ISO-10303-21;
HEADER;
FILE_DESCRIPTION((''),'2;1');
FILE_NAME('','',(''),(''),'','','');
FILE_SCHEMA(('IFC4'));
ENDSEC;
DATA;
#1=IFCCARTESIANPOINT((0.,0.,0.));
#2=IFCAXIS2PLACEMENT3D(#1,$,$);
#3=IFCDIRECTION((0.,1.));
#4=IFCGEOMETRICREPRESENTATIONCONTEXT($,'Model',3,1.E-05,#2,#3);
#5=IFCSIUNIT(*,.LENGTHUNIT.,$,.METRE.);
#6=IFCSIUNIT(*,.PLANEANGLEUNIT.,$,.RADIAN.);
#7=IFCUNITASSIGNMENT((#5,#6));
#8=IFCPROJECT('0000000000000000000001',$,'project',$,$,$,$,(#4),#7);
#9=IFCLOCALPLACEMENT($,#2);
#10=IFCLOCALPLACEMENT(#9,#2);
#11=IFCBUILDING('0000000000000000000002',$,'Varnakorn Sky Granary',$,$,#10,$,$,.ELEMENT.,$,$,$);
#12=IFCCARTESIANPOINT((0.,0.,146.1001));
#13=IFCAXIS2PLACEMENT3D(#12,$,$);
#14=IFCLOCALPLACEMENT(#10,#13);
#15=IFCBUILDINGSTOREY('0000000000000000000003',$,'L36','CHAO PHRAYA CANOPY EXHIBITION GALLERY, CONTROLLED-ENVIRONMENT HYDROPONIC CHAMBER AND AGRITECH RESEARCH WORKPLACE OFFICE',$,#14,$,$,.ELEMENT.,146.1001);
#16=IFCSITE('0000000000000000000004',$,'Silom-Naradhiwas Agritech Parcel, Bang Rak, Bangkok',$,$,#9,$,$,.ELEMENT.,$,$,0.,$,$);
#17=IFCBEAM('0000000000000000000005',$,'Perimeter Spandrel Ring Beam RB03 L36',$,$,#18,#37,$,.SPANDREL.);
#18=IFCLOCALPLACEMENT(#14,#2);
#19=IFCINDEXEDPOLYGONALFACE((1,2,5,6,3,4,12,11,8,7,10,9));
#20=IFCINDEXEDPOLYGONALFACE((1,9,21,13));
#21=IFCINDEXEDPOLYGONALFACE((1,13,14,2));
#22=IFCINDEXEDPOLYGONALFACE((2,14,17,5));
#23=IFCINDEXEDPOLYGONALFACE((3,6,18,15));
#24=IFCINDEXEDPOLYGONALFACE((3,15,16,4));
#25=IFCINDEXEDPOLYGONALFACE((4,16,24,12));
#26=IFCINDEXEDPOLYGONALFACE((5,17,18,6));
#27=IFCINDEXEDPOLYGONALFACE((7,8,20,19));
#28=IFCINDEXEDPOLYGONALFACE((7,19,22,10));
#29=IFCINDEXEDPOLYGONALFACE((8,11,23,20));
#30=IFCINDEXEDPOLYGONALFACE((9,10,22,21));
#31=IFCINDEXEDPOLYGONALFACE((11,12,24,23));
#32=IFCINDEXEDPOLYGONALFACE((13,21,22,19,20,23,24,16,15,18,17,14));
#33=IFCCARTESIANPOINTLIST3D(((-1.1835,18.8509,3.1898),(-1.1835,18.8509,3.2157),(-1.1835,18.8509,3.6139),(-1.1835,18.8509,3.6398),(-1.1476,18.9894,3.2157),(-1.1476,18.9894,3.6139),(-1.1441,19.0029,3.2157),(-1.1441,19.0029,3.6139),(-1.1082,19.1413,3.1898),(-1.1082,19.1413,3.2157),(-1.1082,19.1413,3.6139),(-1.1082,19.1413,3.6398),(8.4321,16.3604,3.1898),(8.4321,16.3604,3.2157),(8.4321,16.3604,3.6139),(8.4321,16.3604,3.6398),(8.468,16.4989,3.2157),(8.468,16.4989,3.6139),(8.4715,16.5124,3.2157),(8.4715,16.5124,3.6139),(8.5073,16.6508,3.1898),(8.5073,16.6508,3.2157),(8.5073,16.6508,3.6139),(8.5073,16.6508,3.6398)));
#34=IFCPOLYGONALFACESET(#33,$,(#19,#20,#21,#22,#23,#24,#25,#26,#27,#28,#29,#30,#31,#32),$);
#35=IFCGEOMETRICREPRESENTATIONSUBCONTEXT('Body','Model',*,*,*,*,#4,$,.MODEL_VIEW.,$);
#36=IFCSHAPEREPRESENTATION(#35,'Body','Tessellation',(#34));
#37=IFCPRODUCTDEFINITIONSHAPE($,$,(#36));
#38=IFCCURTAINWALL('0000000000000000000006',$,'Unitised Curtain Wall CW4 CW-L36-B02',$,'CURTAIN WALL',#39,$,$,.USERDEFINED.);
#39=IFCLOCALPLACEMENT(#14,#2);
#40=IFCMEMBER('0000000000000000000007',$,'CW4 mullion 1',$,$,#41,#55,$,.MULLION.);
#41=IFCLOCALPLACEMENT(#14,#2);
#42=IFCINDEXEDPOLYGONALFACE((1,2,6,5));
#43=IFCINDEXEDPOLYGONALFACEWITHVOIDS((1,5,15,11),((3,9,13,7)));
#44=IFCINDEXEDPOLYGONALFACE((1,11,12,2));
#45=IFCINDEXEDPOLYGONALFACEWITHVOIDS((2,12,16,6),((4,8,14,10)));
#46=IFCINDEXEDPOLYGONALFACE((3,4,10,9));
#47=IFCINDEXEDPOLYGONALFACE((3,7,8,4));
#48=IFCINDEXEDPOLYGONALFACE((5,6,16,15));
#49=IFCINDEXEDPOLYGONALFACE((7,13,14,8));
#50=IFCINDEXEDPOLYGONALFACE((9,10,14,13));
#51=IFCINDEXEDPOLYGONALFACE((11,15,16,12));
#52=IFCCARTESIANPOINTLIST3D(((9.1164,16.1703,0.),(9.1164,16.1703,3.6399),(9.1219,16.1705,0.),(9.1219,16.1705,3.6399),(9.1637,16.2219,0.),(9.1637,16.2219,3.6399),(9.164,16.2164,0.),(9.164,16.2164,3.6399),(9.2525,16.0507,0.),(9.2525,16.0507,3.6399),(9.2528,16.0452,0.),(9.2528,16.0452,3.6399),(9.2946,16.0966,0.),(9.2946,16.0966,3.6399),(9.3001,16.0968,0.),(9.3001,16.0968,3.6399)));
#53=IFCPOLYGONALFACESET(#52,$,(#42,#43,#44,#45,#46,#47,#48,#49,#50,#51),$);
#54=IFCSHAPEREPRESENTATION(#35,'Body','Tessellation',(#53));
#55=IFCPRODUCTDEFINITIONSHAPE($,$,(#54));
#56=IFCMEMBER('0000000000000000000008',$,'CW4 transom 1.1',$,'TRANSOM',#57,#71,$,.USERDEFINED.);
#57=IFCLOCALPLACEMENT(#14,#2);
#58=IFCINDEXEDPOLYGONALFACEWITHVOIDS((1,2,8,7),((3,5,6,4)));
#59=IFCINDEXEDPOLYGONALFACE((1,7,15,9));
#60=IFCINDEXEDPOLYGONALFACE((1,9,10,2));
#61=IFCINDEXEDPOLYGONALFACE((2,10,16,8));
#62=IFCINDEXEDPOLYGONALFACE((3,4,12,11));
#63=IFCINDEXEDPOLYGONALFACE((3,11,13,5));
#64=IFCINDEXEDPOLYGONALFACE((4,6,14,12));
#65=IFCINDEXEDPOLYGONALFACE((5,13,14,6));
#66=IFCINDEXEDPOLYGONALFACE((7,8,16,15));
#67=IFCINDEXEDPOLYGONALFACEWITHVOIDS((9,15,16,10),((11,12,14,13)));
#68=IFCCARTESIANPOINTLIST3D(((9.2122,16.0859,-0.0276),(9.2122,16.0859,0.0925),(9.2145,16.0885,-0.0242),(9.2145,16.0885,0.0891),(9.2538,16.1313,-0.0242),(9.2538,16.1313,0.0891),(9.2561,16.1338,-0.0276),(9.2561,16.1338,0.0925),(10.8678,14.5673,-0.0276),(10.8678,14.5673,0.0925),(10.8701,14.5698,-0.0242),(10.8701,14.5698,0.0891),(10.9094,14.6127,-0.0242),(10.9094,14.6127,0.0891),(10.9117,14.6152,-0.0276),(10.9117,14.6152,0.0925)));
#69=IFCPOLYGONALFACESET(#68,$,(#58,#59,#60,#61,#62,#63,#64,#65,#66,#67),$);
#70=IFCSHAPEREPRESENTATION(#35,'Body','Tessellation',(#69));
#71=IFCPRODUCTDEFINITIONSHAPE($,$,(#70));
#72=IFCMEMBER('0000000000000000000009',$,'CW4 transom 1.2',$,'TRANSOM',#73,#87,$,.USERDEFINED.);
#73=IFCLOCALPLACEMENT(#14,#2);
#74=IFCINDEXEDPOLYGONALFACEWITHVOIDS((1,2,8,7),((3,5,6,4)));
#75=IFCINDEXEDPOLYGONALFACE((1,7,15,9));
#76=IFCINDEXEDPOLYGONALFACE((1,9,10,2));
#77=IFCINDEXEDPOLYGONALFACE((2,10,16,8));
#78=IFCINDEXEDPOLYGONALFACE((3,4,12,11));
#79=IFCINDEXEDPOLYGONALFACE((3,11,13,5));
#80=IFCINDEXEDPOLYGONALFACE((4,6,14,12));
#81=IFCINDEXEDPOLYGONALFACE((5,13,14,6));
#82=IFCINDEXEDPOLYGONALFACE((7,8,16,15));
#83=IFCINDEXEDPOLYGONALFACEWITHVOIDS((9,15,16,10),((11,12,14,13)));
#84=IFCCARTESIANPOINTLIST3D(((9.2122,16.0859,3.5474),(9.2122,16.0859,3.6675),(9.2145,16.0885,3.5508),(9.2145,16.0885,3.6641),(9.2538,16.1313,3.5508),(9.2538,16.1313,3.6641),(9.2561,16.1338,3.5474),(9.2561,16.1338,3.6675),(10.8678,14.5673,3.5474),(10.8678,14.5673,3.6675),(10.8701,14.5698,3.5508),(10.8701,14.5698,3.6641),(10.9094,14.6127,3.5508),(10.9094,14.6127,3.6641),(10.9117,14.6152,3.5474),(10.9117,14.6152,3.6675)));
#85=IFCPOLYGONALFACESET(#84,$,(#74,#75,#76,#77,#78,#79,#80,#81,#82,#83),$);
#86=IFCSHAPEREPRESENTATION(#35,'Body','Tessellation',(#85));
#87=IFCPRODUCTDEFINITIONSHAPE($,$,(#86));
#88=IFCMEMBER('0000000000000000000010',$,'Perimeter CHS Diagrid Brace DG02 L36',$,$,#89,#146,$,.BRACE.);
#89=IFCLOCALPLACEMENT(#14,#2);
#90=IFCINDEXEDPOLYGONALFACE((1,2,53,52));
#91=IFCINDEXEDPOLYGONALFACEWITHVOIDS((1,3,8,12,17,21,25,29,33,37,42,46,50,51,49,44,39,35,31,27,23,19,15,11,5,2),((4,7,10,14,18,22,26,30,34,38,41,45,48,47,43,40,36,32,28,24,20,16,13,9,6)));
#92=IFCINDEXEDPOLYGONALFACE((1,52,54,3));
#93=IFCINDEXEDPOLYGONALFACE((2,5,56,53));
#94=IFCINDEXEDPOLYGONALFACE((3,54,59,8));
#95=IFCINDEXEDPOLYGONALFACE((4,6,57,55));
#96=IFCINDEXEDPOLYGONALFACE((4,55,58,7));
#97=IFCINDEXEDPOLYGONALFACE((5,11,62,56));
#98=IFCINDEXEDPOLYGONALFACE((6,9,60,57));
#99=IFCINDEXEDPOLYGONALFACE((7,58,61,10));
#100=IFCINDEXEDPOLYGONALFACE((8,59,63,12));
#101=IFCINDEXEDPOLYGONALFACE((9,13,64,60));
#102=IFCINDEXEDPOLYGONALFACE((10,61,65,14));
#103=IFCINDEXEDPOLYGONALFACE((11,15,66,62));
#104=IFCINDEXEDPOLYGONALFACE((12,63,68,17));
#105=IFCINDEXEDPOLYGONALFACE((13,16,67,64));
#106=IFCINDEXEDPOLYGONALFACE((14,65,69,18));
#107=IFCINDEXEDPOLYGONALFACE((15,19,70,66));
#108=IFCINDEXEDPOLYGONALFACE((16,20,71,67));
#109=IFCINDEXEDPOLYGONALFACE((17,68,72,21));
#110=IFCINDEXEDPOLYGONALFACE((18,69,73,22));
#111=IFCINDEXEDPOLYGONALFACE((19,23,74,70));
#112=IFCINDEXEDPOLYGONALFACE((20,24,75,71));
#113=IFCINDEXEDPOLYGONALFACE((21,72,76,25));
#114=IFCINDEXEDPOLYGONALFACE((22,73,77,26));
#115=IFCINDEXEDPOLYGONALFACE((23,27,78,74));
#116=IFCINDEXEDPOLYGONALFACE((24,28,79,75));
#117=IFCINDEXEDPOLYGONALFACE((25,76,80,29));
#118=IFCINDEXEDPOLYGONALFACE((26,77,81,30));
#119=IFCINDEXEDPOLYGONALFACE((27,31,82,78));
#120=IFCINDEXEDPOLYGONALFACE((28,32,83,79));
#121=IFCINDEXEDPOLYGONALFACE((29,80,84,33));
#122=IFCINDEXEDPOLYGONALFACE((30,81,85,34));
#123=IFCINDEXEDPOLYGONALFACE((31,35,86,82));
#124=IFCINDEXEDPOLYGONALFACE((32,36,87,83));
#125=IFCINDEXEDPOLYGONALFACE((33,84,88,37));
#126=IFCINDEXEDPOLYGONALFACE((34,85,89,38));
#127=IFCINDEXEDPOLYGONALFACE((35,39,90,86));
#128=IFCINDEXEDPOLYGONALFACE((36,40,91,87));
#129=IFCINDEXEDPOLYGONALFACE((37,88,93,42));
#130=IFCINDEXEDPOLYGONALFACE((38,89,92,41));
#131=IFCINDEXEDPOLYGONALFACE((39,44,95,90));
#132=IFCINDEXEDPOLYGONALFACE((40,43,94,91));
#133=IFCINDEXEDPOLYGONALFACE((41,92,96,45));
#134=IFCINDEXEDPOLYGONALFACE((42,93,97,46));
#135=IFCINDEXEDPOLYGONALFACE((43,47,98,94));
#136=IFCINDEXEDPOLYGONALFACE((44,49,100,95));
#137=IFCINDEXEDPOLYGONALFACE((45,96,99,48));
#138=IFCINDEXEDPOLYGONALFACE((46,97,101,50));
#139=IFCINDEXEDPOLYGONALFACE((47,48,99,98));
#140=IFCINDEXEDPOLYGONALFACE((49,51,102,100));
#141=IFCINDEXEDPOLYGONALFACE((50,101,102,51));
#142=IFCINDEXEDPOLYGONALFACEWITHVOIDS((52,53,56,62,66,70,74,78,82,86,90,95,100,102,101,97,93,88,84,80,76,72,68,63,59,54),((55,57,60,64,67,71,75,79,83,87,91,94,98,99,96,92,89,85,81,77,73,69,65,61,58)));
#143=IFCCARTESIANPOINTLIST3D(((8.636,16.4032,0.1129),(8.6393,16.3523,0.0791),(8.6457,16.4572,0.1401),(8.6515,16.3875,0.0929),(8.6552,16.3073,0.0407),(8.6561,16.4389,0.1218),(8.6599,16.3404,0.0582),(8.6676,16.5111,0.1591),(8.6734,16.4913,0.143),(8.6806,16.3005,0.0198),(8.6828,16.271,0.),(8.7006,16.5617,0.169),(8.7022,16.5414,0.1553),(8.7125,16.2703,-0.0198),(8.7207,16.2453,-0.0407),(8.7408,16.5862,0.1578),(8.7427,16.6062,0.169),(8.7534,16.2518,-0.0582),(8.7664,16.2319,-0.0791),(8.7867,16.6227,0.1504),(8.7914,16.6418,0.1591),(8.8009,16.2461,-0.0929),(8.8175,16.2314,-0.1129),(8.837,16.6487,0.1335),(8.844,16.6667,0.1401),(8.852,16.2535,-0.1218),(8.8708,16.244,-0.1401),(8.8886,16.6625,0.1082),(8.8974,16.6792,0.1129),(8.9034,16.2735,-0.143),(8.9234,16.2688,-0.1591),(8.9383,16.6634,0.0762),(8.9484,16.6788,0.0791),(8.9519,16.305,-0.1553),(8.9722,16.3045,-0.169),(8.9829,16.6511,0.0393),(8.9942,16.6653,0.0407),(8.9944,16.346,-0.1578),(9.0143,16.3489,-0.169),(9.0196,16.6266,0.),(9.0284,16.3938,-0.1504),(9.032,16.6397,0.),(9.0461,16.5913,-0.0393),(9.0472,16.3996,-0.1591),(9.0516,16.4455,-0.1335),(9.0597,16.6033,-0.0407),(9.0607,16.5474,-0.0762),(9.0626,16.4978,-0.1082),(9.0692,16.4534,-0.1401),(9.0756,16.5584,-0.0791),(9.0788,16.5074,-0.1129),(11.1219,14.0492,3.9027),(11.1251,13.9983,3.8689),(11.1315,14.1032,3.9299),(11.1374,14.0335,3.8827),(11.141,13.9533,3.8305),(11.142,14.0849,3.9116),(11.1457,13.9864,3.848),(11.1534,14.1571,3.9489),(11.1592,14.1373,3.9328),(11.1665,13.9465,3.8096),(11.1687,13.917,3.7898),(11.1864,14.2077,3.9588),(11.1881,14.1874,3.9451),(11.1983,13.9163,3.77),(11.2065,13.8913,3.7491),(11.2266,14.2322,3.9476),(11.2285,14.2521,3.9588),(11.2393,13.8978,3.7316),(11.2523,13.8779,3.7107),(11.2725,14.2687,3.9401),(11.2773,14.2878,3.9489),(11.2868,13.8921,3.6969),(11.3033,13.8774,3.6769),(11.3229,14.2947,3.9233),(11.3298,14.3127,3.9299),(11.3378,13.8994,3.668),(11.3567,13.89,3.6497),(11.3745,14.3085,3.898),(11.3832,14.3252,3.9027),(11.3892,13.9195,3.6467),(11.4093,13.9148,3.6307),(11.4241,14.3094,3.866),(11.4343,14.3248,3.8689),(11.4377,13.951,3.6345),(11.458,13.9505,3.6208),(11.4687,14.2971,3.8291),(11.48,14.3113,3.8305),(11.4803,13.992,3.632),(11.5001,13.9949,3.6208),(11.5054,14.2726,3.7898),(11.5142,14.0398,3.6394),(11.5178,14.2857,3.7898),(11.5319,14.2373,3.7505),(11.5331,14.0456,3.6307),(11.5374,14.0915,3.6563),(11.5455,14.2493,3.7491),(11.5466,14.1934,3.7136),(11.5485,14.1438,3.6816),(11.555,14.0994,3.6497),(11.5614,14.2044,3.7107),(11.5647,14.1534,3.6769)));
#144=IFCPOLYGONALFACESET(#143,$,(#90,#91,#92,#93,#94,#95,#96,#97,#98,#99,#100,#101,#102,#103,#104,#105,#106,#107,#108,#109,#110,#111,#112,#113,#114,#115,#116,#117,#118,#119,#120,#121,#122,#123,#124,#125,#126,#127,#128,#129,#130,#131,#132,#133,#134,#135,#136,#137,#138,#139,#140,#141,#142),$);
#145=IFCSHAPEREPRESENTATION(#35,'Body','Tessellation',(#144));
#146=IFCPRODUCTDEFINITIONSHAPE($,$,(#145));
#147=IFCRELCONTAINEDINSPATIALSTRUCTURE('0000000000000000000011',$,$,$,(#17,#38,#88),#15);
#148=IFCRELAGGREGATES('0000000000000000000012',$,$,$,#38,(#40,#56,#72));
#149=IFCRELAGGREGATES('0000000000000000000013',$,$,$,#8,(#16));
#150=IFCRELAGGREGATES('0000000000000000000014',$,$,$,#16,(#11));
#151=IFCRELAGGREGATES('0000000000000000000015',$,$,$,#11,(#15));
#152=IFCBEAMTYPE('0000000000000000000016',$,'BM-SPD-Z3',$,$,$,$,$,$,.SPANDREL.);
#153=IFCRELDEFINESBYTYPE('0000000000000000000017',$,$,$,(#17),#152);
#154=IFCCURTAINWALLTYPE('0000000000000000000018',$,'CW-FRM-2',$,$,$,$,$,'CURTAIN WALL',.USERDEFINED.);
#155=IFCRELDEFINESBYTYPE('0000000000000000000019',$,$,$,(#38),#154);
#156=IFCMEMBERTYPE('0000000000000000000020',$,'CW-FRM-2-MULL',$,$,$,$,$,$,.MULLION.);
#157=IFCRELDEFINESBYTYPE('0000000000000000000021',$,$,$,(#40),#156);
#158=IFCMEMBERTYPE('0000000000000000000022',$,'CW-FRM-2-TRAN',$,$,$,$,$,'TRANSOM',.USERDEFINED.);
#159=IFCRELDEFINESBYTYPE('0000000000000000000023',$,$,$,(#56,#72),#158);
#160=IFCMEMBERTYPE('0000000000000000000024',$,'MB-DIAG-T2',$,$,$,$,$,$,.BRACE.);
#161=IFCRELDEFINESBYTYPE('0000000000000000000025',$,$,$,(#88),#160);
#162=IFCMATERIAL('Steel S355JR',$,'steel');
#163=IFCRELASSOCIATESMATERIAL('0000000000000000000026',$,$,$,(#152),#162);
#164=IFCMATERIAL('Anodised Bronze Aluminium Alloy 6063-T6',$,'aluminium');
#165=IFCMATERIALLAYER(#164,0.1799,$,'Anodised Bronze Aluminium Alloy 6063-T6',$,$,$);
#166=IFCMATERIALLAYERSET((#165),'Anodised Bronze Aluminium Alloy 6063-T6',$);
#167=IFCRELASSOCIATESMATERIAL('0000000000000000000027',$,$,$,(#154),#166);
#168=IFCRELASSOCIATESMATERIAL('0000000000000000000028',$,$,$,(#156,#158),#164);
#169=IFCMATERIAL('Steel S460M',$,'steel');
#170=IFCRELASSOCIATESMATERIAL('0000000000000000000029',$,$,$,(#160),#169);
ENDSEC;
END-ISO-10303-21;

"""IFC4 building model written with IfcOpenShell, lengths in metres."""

from ifc_helpers import new_model, si_unit, direction, frame, origin, origin_2d, place, context, subcontext, project, spatial, hollow_rectangle, hollow_circle, i_section, extrude, material, layer, layer_set, material_profile, profile_set, type_object, element, aggregate, save


model = new_model("IFC4")

# Units and contexts
model_context = context("Model", 3, precision=1e-05, world=origin(), true_north=direction((0.0, 1.0)))
body_context = subcontext(model_context, "Body", "Model", "MODEL_VIEW")
ifc_project = project(units=[si_unit("LENGTHUNIT", "METRE"), si_unit("PLANEANGLEUNIT", "RADIAN")], contexts=[model_context])

# Site, building, storey
site_placement = place(None, origin())
site = spatial("IfcSite", under=ifc_project, at=site_placement, Name="Silom-Naradhiwas Agritech Parcel, Bang Rak, Bangkok", CompositionType="ELEMENT", RefElevation=0.0)
building_placement = place(site_placement, origin())
building = spatial("IfcBuilding", under=site, at=building_placement, Name="Varnakorn Sky Granary", CompositionType="ELEMENT")
storey_placement = place(building_placement, frame((0.0, 0.0, 146.1001)))
storey = spatial("IfcBuildingStorey", under=building, at=storey_placement, Name="L36", Description="CHAO PHRAYA CANOPY EXHIBITION GALLERY, CONTROLLED-ENVIRONMENT HYDROPONIC CHAMBER AND AGRITECH RESEARCH WORKPLACE OFFICE", CompositionType="ELEMENT", Elevation=146.1001)

# Shared definitions
ifc_material_1 = material(Name="Steel S460M", Category="steel")

# Beam
ifc_material_2 = material(Name="Steel S355JR", Category="steel")
ifc_material_profile_1 = material_profile(ifc_material_2, i_section(OverallWidth=0.3, OverallDepth=0.45, WebThickness=0.0139, FlangeThickness=0.0259, at=origin_2d()), Name="HE 450 B")
ifc_profile_set_1 = profile_set([ifc_material_profile_1], Name="Steel S355JR")
beam_type_1 = type_object("IfcBeamType", Name="BM-SPD-Z3", PredefinedType="SPANDREL", material=ifc_profile_set_1)
beam_1_placement = place(storey_placement, frame((8.4697, 16.5056, 3.4148), z_axis=(-0.968056, 0.250734, 0.0), x_axis=(-0.250734, -0.968056, 0.0)))
element("IfcBeam", 1, at=beam_1_placement, inside=storey, type_object=beam_type_1, Name="Perimeter Spandrel Ring Beam RB03 L36", PredefinedType="SPANDREL", context=body_context, shape_type="SweptSolid", body=[
    extrude(i_section(OverallWidth=0.3, OverallDepth=0.45, WebThickness=0.0139, FlangeThickness=0.0259, at=origin_2d()), origin(), (0.0, 0.0, 1.0), 9.9329),
])

# Curtain wall, members
ifc_material_3 = material(Name="Anodised Bronze Aluminium Alloy 6063-T6", Category="aluminium")
ifc_layer_1 = layer(ifc_material_3, 0.1799, Name="Anodised Bronze Aluminium Alloy 6063-T6")
ifc_layer_set_1 = layer_set([ifc_layer_1], Name="Anodised Bronze Aluminium Alloy 6063-T6")
curtain_wall_type = type_object("IfcCurtainWallType", Name="CW-FRM-2", ElementType="CURTAIN WALL", PredefinedType="USERDEFINED", material=ifc_layer_set_1)
curtain_wall_placement = place(storey_placement, origin())
curtain_wall = element("IfcCurtainWall", 2, at=curtain_wall_placement, inside=storey, type_object=curtain_wall_type, Name="Unitised Curtain Wall CW4 CW-L36-B02", ObjectType="CURTAIN WALL", PredefinedType="USERDEFINED")
ifc_material_profile_2 = material_profile(ifc_material_3, hollow_rectangle(XDim=0.0701, YDim=0.1851, WallThickness=0.0039, at=origin_2d()), Name="ALU MULL 70x185")
ifc_profile_set_2 = profile_set([ifc_material_profile_2], Name="Anodised Bronze Aluminium Alloy 6063-T6")
member_type_1 = type_object("IfcMemberType", Name="CW-FRM-2-MULL", PredefinedType="MULLION", material=ifc_profile_set_2)
member_1_placement = place(storey_placement, frame((9.2083, 16.1335, 0.0), z_axis=(0.0, 0.0, 1.0), x_axis=(0.67596, 0.736938, 0.0)))
member_1 = element("IfcMember", 3, at=member_1_placement, type_object=member_type_1, Name="CW4 mullion 1", PredefinedType="MULLION", context=body_context, shape_type="SweptSolid", body=[
    extrude(hollow_rectangle(XDim=0.0701, YDim=0.1851, WallThickness=0.0039, at=origin_2d()), origin(), (0.0, 0.0, 1.0), 3.6399),
])
ifc_material_profile_3 = material_profile(ifc_material_3, hollow_rectangle(XDim=0.0649, YDim=0.1201, WallThickness=0.0034, at=origin_2d()), Name="ALU TRAN 65x120")
ifc_profile_set_3 = profile_set([ifc_material_profile_3], Name="Anodised Bronze Aluminium Alloy 6063-T6")
member_type_2 = type_object("IfcMemberType", Name="CW-FRM-2-TRAN", ElementType="TRANSOM", PredefinedType="USERDEFINED", material=ifc_profile_set_3)
member_2_placement = place(storey_placement, frame((9.2341, 16.1099, 0.0325), z_axis=(0.736933, -0.675966, 0.0), x_axis=(0.675966, 0.736933, 0.0)))
member_2 = element("IfcMember", 4, at=member_2_placement, type_object=member_type_2, Name="CW4 transom 1.1", ObjectType="TRANSOM", PredefinedType="USERDEFINED", context=body_context, shape_type="SweptSolid", body=[
    extrude(hollow_rectangle(XDim=0.0649, YDim=0.1201, WallThickness=0.0034, at=origin_2d()), origin(), (0.0, 0.0, 1.0), 2.2466),
])
member_3_placement = place(storey_placement, frame((9.2341, 16.1099, 3.6074), z_axis=(0.736933, -0.675966, 0.0), x_axis=(0.675966, 0.736933, 0.0)))
member_3 = element("IfcMember", 5, at=member_3_placement, type_object=member_type_2, Name="CW4 transom 1.2", ObjectType="TRANSOM", PredefinedType="USERDEFINED", context=body_context, shape_type="SweptSolid", body=[
    extrude(hollow_rectangle(XDim=0.0649, YDim=0.1201, WallThickness=0.0034, at=origin_2d()), origin(), (0.0, 0.0, 1.0), 2.2466),
])
aggregate(curtain_wall, [member_1, member_2, member_3])

# Member
ifc_material_profile_4 = material_profile(ifc_material_1, hollow_circle(Radius=0.2539, WallThickness=0.0181, at=origin_2d()), Name="CHS 508x18")
ifc_profile_set_4 = profile_set([ifc_material_profile_4], Name="Steel S460M")
member_type_3 = type_object("IfcMemberType", Name="MB-DIAG-T2", PredefinedType="BRACE", material=ifc_profile_set_4)
member_4_placement = place(storey_placement, frame((8.8574, 16.4553, 0.0), z_axis=(0.486734, -0.460921, 0.742052), x_axis=(0.68759, 0.726099, 0.0)))
element("IfcMember", 6, at=member_4_placement, inside=storey, type_object=member_type_3, Name="Perimeter CHS Diagrid Brace DG02 L36", PredefinedType="BRACE", context=body_context, shape_type="SweptSolid", body=[
    extrude(hollow_circle(Radius=0.2539, WallThickness=0.0181, at=origin_2d()), origin(), (0.0, 0.0, 1.0), 5.1072),
])

save(model, "model.ifc")
